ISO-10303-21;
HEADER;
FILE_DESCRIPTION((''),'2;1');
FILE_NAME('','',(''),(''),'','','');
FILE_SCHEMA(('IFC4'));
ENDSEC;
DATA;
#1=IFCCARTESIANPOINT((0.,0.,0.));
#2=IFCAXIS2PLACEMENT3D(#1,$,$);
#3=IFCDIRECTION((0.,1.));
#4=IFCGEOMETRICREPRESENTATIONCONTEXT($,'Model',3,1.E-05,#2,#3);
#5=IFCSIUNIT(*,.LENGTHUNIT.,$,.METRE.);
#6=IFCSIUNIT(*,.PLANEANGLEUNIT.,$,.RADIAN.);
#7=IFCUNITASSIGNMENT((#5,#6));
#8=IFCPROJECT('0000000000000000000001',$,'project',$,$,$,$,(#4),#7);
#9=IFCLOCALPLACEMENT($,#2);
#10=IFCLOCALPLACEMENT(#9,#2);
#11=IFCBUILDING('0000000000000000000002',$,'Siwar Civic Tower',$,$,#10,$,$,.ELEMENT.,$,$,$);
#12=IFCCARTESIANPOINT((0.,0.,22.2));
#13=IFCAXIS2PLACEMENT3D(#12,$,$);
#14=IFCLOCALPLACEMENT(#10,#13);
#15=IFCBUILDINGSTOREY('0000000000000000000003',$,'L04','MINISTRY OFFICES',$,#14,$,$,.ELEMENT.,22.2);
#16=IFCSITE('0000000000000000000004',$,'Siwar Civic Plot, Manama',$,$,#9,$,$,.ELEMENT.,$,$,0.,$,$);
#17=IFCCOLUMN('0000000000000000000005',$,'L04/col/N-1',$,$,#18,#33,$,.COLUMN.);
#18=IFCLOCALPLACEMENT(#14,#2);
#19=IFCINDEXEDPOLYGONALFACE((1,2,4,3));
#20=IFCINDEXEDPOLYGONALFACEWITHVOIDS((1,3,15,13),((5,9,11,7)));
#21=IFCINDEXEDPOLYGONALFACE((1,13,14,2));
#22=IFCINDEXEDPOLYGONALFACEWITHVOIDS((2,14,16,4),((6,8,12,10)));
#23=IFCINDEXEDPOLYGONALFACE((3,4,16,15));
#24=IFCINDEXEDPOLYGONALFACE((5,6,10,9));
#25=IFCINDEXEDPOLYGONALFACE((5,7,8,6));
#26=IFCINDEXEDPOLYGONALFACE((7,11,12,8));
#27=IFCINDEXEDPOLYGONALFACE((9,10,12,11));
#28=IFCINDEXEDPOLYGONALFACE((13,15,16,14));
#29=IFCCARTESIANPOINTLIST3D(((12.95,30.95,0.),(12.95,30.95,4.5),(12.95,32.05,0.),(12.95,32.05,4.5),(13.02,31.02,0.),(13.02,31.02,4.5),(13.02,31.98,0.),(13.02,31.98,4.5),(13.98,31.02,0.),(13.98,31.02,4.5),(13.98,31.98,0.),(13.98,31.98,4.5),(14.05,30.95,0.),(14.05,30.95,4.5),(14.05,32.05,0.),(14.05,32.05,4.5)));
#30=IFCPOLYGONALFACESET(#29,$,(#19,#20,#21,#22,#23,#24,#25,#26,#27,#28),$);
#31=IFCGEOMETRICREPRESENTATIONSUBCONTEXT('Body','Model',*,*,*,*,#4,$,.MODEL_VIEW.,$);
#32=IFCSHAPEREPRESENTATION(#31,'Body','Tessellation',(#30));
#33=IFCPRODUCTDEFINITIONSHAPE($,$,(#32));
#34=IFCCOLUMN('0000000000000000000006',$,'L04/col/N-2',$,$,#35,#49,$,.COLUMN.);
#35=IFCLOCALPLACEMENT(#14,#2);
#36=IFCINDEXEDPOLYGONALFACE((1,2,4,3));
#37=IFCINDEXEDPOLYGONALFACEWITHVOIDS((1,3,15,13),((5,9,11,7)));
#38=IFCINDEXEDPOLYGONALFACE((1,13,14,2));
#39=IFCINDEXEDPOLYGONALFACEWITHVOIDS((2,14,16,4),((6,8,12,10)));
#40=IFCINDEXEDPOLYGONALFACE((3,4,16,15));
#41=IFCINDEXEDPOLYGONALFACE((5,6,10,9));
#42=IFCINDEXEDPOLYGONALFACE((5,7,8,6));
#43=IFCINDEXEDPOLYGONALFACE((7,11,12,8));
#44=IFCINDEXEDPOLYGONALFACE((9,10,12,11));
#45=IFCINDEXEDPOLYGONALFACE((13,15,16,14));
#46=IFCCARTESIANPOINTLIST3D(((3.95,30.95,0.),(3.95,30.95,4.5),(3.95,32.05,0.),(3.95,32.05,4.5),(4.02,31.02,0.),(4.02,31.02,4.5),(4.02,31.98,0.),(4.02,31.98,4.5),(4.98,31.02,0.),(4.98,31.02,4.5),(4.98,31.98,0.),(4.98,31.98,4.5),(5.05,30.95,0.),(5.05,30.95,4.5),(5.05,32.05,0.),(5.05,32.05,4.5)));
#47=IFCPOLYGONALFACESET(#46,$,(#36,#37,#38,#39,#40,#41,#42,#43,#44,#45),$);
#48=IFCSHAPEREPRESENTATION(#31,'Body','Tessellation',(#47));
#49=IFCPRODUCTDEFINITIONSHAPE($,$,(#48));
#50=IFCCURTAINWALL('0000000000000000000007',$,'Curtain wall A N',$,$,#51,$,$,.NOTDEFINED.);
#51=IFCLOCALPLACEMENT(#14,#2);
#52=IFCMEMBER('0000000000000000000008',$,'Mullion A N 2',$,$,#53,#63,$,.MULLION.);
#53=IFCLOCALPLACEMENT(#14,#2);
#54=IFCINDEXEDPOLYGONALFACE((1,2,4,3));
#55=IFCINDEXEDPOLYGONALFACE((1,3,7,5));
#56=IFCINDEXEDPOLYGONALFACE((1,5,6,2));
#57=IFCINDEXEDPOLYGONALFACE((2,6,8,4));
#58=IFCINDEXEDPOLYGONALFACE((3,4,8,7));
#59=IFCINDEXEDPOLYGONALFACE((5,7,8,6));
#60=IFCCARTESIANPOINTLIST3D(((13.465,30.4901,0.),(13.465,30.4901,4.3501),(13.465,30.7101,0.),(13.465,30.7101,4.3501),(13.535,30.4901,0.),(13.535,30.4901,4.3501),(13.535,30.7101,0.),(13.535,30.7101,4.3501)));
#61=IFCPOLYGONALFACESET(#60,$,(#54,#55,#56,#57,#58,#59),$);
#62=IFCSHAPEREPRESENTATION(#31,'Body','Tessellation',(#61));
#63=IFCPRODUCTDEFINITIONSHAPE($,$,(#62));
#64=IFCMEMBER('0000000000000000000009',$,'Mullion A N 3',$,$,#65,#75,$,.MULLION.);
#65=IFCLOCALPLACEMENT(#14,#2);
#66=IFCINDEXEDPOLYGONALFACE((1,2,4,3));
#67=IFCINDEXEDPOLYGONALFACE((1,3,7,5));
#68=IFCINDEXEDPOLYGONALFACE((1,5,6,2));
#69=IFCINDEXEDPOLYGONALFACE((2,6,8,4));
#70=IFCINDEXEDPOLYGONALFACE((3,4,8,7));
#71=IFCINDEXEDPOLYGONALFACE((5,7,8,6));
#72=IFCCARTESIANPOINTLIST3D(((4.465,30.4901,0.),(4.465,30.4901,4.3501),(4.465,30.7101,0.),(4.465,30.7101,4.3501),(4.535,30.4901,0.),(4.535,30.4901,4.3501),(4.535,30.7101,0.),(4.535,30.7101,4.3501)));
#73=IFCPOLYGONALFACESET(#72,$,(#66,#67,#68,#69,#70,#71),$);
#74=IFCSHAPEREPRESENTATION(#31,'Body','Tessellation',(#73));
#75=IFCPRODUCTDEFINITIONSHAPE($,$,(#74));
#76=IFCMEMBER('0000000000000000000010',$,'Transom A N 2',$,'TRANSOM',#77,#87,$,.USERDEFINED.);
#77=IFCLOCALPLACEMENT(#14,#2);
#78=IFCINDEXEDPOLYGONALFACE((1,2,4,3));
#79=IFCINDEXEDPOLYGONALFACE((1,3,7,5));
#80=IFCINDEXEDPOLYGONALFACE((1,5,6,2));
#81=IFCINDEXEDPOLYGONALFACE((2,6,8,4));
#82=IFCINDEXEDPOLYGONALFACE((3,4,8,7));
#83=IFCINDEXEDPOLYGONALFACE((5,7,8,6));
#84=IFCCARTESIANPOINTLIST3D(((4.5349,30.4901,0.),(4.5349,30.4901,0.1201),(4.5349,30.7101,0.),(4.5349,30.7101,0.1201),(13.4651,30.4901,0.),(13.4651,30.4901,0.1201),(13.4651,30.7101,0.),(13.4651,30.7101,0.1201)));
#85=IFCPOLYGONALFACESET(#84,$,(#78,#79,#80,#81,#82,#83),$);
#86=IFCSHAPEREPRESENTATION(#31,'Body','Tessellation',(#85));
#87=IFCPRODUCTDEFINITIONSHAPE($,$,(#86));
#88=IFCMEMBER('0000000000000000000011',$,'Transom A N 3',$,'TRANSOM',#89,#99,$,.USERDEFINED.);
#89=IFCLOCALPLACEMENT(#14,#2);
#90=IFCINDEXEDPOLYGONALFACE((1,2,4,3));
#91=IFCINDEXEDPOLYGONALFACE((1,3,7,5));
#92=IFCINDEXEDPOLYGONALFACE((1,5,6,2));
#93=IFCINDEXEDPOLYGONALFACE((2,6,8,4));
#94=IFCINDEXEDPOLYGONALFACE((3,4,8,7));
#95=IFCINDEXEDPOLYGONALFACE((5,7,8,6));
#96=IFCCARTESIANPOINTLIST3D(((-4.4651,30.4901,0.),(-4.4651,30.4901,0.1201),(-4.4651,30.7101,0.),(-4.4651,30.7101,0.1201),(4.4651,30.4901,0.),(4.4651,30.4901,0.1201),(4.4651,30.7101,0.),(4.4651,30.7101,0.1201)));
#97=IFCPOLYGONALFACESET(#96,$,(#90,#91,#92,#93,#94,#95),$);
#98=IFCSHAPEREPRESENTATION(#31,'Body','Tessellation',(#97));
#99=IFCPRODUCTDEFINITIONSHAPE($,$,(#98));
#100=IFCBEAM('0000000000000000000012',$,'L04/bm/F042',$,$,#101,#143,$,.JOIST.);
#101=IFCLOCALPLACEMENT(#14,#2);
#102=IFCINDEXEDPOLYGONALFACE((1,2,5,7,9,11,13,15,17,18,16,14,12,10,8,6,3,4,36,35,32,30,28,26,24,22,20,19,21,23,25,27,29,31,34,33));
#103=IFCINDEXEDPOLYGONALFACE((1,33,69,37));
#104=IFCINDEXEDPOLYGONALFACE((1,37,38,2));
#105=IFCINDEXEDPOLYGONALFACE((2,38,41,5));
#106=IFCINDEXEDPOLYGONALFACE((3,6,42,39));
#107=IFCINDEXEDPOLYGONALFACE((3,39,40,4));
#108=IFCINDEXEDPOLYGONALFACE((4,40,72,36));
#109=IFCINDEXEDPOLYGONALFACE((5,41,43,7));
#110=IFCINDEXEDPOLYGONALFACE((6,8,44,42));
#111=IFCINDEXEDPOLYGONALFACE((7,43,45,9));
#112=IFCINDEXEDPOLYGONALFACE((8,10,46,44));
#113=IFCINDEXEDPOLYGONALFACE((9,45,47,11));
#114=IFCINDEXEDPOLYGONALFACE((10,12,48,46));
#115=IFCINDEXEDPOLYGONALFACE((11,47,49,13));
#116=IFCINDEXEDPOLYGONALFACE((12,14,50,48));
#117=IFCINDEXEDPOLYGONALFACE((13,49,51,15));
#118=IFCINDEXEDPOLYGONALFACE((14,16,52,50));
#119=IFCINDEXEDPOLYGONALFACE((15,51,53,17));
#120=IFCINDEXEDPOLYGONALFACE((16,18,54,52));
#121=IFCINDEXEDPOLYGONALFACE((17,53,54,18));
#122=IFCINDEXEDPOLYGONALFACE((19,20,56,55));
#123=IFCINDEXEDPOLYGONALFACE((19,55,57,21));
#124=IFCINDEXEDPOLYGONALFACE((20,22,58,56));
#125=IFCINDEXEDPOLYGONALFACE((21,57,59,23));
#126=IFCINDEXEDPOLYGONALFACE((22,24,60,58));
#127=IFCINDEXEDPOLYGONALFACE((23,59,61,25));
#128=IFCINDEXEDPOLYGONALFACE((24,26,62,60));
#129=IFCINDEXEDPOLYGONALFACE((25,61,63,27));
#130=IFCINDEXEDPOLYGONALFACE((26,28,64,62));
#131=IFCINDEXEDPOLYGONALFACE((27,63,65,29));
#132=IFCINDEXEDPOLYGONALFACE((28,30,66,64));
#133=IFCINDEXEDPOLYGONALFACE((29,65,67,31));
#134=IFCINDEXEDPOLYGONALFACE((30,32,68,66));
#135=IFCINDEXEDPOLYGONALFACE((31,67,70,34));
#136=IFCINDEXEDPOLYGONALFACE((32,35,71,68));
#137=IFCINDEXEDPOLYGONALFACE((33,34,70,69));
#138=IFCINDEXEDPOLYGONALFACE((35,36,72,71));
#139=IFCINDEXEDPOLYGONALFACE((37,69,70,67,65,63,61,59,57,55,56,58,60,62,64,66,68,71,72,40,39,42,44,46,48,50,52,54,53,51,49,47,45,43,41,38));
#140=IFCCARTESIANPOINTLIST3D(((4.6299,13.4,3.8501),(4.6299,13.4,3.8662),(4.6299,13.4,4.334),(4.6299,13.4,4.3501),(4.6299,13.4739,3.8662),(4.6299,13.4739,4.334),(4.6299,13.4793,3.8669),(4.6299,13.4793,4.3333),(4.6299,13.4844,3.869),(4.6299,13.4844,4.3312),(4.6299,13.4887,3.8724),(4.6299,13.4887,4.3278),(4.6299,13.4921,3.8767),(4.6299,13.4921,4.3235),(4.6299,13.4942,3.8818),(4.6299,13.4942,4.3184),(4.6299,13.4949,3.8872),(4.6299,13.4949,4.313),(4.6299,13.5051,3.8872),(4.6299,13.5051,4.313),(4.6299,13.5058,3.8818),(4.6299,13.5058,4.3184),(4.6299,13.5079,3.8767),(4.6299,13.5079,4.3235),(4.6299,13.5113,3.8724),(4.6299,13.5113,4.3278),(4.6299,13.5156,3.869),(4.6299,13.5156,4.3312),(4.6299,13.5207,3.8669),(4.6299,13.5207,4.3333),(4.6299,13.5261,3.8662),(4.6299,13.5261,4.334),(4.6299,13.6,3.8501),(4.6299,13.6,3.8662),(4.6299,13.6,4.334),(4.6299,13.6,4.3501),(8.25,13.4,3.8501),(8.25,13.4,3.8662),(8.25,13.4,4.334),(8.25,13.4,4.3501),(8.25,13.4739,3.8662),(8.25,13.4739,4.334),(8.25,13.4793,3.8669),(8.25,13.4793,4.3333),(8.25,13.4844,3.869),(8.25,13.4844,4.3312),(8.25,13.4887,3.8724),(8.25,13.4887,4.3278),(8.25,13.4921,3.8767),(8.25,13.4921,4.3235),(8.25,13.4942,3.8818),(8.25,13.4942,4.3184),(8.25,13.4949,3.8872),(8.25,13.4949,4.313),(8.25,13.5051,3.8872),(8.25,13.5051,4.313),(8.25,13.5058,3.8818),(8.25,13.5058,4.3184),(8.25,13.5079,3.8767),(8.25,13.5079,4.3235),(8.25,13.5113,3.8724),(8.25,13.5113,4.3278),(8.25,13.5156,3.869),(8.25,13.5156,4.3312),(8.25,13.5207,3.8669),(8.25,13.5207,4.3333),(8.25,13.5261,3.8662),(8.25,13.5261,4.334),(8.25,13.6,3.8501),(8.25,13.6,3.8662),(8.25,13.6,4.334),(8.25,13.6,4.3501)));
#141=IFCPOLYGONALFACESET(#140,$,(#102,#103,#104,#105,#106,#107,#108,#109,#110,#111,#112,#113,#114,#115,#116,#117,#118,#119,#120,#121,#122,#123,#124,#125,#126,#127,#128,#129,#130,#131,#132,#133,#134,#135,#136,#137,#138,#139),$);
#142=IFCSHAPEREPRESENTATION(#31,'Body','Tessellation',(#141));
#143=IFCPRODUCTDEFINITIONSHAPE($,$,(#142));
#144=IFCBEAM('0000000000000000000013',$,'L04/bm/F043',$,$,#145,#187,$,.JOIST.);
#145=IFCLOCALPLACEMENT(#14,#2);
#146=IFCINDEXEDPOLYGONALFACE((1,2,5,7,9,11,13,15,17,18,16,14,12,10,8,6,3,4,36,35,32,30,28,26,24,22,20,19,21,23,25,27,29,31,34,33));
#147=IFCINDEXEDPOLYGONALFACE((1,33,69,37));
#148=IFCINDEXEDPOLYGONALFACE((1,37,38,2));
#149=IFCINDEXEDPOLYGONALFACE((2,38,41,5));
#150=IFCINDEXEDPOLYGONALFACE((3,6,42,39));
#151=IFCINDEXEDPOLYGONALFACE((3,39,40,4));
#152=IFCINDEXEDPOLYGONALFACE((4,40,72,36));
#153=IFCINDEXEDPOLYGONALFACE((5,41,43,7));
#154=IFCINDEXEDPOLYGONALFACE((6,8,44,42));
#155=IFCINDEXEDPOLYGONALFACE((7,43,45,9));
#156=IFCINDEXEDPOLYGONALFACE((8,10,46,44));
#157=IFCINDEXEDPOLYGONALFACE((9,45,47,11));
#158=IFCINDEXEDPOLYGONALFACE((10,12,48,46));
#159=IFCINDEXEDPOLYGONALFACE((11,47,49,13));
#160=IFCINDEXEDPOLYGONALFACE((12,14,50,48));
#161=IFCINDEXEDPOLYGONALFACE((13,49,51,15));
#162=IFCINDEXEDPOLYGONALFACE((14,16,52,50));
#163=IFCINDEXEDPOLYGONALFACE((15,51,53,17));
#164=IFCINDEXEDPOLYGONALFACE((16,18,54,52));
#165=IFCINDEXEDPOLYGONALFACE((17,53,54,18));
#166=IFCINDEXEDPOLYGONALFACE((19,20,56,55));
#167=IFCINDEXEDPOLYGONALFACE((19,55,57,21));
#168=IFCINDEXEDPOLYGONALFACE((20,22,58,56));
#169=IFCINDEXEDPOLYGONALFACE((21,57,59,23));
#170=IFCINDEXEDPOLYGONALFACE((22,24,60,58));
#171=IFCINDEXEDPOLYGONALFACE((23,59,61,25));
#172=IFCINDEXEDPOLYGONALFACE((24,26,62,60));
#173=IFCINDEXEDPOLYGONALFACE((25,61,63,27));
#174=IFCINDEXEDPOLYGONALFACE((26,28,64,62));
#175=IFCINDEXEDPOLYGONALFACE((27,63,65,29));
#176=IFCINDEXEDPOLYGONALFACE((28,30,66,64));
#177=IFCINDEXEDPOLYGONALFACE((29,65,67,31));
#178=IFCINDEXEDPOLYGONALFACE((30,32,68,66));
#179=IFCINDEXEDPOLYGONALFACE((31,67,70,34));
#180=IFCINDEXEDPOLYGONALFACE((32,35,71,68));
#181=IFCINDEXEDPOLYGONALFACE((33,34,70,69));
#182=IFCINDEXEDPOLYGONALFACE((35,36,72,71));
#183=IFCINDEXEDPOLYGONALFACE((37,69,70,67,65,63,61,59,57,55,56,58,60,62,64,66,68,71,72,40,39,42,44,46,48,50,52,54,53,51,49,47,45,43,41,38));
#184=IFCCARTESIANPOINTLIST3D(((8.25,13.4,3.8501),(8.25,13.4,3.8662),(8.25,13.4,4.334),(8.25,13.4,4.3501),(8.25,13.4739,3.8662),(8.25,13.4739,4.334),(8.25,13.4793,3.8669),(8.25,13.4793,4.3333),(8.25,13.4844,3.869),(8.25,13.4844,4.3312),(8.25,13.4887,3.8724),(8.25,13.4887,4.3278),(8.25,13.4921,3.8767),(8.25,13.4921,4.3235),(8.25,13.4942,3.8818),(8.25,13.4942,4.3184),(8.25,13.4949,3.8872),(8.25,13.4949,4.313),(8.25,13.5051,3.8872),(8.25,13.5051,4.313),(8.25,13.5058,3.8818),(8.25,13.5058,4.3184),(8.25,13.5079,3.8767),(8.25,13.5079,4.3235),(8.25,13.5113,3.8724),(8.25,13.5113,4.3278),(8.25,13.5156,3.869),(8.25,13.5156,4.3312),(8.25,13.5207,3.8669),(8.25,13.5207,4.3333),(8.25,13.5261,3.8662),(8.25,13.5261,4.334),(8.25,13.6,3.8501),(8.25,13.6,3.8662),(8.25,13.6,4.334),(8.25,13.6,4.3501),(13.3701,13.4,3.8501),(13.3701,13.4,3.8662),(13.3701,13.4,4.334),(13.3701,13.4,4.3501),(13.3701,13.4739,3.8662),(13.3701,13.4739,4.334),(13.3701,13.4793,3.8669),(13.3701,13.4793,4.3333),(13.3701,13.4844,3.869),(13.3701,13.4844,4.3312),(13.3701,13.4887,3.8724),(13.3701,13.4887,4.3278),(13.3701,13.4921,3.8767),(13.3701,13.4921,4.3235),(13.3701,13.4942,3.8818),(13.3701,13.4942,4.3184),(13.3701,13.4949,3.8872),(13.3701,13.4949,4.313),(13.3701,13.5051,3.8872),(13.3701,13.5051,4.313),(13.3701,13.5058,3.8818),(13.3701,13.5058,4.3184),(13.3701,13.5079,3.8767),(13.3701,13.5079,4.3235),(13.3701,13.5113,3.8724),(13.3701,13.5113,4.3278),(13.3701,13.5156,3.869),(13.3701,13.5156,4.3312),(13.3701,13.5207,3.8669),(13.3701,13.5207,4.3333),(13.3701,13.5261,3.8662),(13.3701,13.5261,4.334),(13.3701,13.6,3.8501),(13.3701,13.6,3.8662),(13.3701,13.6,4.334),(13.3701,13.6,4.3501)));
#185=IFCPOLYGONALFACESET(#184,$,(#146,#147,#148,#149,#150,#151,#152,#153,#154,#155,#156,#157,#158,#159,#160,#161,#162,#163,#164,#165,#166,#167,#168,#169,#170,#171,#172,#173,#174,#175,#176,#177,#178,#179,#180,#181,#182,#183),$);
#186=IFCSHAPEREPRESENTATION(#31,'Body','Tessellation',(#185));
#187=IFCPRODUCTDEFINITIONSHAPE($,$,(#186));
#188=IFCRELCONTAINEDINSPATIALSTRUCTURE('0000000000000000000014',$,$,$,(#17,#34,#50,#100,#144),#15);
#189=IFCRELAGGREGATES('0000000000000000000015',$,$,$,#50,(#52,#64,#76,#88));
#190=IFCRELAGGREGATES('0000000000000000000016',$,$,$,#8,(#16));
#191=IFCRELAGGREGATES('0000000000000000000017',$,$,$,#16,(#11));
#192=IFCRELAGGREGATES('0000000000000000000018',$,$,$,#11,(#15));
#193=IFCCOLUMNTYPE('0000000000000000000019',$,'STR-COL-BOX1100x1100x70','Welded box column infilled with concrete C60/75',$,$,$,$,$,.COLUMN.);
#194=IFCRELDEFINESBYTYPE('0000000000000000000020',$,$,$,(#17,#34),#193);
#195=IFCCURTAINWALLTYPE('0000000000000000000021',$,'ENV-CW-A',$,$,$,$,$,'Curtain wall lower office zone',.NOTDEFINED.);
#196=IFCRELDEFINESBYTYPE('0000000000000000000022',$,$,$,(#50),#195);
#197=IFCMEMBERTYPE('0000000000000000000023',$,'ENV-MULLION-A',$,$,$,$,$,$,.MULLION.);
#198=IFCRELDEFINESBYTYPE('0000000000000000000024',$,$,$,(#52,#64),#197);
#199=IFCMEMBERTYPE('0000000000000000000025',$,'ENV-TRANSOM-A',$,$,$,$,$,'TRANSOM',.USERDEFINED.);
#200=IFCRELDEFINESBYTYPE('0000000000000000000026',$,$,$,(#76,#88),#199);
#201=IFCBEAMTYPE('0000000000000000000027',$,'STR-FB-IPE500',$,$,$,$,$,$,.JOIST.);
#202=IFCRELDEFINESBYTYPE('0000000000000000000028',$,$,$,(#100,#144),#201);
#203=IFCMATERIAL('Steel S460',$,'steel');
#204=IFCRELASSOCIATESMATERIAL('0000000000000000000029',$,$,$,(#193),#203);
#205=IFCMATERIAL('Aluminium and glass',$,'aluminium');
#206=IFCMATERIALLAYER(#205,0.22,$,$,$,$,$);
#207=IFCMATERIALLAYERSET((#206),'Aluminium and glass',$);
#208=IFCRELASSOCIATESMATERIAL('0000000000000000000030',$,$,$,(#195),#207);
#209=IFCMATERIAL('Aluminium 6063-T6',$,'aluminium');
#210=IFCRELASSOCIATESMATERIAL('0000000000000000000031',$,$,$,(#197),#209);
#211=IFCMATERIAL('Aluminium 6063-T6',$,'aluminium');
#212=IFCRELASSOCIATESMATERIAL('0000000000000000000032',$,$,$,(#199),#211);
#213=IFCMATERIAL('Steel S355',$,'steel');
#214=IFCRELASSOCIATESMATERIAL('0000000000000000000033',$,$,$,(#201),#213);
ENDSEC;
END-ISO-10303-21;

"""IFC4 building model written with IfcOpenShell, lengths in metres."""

from ifc_helpers import new_model, si_unit, direction, frame, origin, origin_2d, place, context, subcontext, project, spatial, rectangle, hollow_rectangle, i_section, extrude, material, layer, layer_set, material_profile, profile_set, type_object, element, aggregate, save


model = new_model("IFC4")

# Units and contexts
model_context = context("Model", 3, precision=1e-05, world=origin(), true_north=direction((0.0, 1.0)))
body_context = subcontext(model_context, "Body", "Model", "MODEL_VIEW")
ifc_project = project(units=[si_unit("LENGTHUNIT", "METRE"), si_unit("PLANEANGLEUNIT", "RADIAN")], contexts=[model_context])

# Site, building, storey
site_placement = place(None, origin())
site = spatial("IfcSite", under=ifc_project, at=site_placement, Name="Siwar Civic Plot, Manama", CompositionType="ELEMENT", RefElevation=0.0)
building_placement = place(site_placement, origin())
building = spatial("IfcBuilding", under=site, at=building_placement, Name="Siwar Civic Tower", CompositionType="ELEMENT")
storey_placement = place(building_placement, frame((0.0, 0.0, 22.2)))
storey = spatial("IfcBuildingStorey", under=building, at=storey_placement, Name="L04", Description="MINISTRY OFFICES", CompositionType="ELEMENT", Elevation=22.2)

# Columns
ifc_material_1 = material(Name="Steel S460", Category="steel")
ifc_material_profile_1 = material_profile(ifc_material_1, hollow_rectangle(XDim=1.1001, YDim=1.1001, WallThickness=0.0701, at=origin_2d()), Name="BOX1100x1100x70")
ifc_profile_set_1 = profile_set([ifc_material_profile_1], Name="Steel S460")
column_type = type_object("IfcColumnType", Name="STR-COL-BOX1100x1100x70", Description="Welded box column infilled with concrete C60/75", PredefinedType="COLUMN", material=ifc_profile_set_1)
for number, where, z_axis, x_axis, name in (
    (1, (13.5, 31.5, 0.0), (0.0, 0.0, 1.0), (1.0, 0.0, 0.0), "L04/col/N-1"),
    (2, (4.5, 31.5, 0.0), (0.0, 0.0, 1.0), (1.0, 0.0, 0.0), "L04/col/N-2"),
):
    element("IfcColumn", number, at=place(storey_placement, frame(where, z_axis=z_axis, x_axis=x_axis)), inside=storey, type_object=column_type, Name=name, PredefinedType="COLUMN", context=body_context, shape_type="SweptSolid", body=[
        extrude(hollow_rectangle(XDim=1.1001, YDim=1.1001, WallThickness=0.0701, at=origin_2d()), origin(), (0.0, 0.0, 1.0), 4.5),
    ])

# Curtain wall, members
ifc_material_2 = material(Name="Aluminium and glass", Category="aluminium")
ifc_layer_1 = layer(ifc_material_2, 0.22)
ifc_layer_set_1 = layer_set([ifc_layer_1], Name="Aluminium and glass")
curtain_wall_type = type_object("IfcCurtainWallType", Name="ENV-CW-A", ElementType="Curtain wall lower office zone", PredefinedType="NOTDEFINED", material=ifc_layer_set_1)
curtain_wall_placement = place(storey_placement, origin())
curtain_wall = element("IfcCurtainWall", 3, at=curtain_wall_placement, inside=storey, type_object=curtain_wall_type, Name="Curtain wall A N", PredefinedType="NOTDEFINED")
ifc_material_3 = material(Name="Aluminium 6063-T6", Category="aluminium")
ifc_material_profile_2 = material_profile(ifc_material_3, rectangle(XDim=0.22, YDim=0.0701, at=origin_2d()), Name="AL 220x70")
ifc_profile_set_2 = profile_set([ifc_material_profile_2], Name="Aluminium 6063-T6")
member_type_1 = type_object("IfcMemberType", Name="ENV-MULLION-A", PredefinedType="MULLION", material=ifc_profile_set_2)
member_1_placement = place(storey_placement, frame((13.5, 30.6001, 0.0), z_axis=(0.0, 0.0, 1.0), x_axis=(0.0, -1.0, 0.0)))
member_1 = element("IfcMember", 4, at=member_1_placement, type_object=member_type_1, Name="Mullion A N 2", PredefinedType="MULLION", context=body_context, shape_type="SweptSolid", body=[
    extrude(rectangle(XDim=0.22, YDim=0.0701, at=origin_2d()), origin(), (0.0, 0.0, 1.0), 4.3501),
])
member_2_placement = place(storey_placement, frame((4.5, 30.6001, 0.0), z_axis=(0.0, 0.0, 1.0), x_axis=(0.0, -1.0, 0.0)))
member_2 = element("IfcMember", 5, at=member_2_placement, type_object=member_type_1, Name="Mullion A N 3", PredefinedType="MULLION", context=body_context, shape_type="SweptSolid", body=[
    extrude(rectangle(XDim=0.22, YDim=0.0701, at=origin_2d()), origin(), (0.0, 0.0, 1.0), 4.3501),
])
ifc_material_4 = material(Name="Aluminium 6063-T6", Category="aluminium")
ifc_material_profile_3 = material_profile(ifc_material_4, rectangle(XDim=0.22, YDim=0.1201, at=origin_2d()), Name="AL 220x120")
ifc_profile_set_3 = profile_set([ifc_material_profile_3], Name="Aluminium 6063-T6")
member_type_2 = type_object("IfcMemberType", Name="ENV-TRANSOM-A", ElementType="TRANSOM", PredefinedType="USERDEFINED", material=ifc_profile_set_3)
member_3_placement = place(storey_placement, frame((13.4651, 30.6001, 0.0601), z_axis=(-1.0, 0.0, 0.0), x_axis=(0.0, -1.0, 0.0)))
member_3 = element("IfcMember", 6, at=member_3_placement, type_object=member_type_2, Name="Transom A N 2", ObjectType="TRANSOM", PredefinedType="USERDEFINED", context=body_context, shape_type="SweptSolid", body=[
    extrude(rectangle(XDim=0.22, YDim=0.1201, at=origin_2d()), origin(), (0.0, 0.0, 1.0), 8.9302),
])
member_4_placement = place(storey_placement, frame((4.4651, 30.6001, 0.0601), z_axis=(-1.0, 0.0, 0.0), x_axis=(0.0, -1.0, 0.0)))
member_4 = element("IfcMember", 7, at=member_4_placement, type_object=member_type_2, Name="Transom A N 3", ObjectType="TRANSOM", PredefinedType="USERDEFINED", context=body_context, shape_type="SweptSolid", body=[
    extrude(rectangle(XDim=0.22, YDim=0.1201, at=origin_2d()), origin(), (0.0, 0.0, 1.0), 8.9302),
])

# Beams
ifc_material_5 = material(Name="Steel S355", Category="steel")
ifc_material_profile_4 = material_profile(ifc_material_5, i_section(OverallWidth=0.2, OverallDepth=0.5, WebThickness=0.0103, FlangeThickness=0.0161, FilletRadius=0.021, at=origin_2d()), Name="IPE500")
ifc_profile_set_4 = profile_set([ifc_material_profile_4], Name="Steel S355")
beam_type_1 = type_object("IfcBeamType", Name="STR-FB-IPE500", PredefinedType="JOIST", material=ifc_profile_set_4)
beam_1_placement = place(storey_placement, frame((4.6299, 13.5, 4.1001), z_axis=(1.0, 0.0, 0.0), x_axis=(0.0, 1.0, 0.0)))
element("IfcBeam", 8, at=beam_1_placement, inside=storey, type_object=beam_type_1, Name="L04/bm/F042", PredefinedType="JOIST", context=body_context, shape_type="SweptSolid", body=[
    extrude(i_section(OverallWidth=0.2, OverallDepth=0.5, WebThickness=0.0103, FlangeThickness=0.0161, FilletRadius=0.021, at=origin_2d()), origin(), (0.0, 0.0, 1.0), 3.6201),
])
beam_2_placement = place(storey_placement, frame((8.25, 13.5, 4.1001), z_axis=(1.0, 0.0, 0.0), x_axis=(0.0, 1.0, 0.0)))
element("IfcBeam", 9, at=beam_2_placement, inside=storey, type_object=beam_type_1, Name="L04/bm/F043", PredefinedType="JOIST", context=body_context, shape_type="SweptSolid", body=[
    extrude(i_section(OverallWidth=0.2, OverallDepth=0.5, WebThickness=0.0103, FlangeThickness=0.0161, FilletRadius=0.021, at=origin_2d()), origin(), (0.0, 0.0, 1.0), 5.1201),
])

aggregate(curtain_wall, [member_1, member_2, member_3, member_4])

save(model, "model.ifc")
